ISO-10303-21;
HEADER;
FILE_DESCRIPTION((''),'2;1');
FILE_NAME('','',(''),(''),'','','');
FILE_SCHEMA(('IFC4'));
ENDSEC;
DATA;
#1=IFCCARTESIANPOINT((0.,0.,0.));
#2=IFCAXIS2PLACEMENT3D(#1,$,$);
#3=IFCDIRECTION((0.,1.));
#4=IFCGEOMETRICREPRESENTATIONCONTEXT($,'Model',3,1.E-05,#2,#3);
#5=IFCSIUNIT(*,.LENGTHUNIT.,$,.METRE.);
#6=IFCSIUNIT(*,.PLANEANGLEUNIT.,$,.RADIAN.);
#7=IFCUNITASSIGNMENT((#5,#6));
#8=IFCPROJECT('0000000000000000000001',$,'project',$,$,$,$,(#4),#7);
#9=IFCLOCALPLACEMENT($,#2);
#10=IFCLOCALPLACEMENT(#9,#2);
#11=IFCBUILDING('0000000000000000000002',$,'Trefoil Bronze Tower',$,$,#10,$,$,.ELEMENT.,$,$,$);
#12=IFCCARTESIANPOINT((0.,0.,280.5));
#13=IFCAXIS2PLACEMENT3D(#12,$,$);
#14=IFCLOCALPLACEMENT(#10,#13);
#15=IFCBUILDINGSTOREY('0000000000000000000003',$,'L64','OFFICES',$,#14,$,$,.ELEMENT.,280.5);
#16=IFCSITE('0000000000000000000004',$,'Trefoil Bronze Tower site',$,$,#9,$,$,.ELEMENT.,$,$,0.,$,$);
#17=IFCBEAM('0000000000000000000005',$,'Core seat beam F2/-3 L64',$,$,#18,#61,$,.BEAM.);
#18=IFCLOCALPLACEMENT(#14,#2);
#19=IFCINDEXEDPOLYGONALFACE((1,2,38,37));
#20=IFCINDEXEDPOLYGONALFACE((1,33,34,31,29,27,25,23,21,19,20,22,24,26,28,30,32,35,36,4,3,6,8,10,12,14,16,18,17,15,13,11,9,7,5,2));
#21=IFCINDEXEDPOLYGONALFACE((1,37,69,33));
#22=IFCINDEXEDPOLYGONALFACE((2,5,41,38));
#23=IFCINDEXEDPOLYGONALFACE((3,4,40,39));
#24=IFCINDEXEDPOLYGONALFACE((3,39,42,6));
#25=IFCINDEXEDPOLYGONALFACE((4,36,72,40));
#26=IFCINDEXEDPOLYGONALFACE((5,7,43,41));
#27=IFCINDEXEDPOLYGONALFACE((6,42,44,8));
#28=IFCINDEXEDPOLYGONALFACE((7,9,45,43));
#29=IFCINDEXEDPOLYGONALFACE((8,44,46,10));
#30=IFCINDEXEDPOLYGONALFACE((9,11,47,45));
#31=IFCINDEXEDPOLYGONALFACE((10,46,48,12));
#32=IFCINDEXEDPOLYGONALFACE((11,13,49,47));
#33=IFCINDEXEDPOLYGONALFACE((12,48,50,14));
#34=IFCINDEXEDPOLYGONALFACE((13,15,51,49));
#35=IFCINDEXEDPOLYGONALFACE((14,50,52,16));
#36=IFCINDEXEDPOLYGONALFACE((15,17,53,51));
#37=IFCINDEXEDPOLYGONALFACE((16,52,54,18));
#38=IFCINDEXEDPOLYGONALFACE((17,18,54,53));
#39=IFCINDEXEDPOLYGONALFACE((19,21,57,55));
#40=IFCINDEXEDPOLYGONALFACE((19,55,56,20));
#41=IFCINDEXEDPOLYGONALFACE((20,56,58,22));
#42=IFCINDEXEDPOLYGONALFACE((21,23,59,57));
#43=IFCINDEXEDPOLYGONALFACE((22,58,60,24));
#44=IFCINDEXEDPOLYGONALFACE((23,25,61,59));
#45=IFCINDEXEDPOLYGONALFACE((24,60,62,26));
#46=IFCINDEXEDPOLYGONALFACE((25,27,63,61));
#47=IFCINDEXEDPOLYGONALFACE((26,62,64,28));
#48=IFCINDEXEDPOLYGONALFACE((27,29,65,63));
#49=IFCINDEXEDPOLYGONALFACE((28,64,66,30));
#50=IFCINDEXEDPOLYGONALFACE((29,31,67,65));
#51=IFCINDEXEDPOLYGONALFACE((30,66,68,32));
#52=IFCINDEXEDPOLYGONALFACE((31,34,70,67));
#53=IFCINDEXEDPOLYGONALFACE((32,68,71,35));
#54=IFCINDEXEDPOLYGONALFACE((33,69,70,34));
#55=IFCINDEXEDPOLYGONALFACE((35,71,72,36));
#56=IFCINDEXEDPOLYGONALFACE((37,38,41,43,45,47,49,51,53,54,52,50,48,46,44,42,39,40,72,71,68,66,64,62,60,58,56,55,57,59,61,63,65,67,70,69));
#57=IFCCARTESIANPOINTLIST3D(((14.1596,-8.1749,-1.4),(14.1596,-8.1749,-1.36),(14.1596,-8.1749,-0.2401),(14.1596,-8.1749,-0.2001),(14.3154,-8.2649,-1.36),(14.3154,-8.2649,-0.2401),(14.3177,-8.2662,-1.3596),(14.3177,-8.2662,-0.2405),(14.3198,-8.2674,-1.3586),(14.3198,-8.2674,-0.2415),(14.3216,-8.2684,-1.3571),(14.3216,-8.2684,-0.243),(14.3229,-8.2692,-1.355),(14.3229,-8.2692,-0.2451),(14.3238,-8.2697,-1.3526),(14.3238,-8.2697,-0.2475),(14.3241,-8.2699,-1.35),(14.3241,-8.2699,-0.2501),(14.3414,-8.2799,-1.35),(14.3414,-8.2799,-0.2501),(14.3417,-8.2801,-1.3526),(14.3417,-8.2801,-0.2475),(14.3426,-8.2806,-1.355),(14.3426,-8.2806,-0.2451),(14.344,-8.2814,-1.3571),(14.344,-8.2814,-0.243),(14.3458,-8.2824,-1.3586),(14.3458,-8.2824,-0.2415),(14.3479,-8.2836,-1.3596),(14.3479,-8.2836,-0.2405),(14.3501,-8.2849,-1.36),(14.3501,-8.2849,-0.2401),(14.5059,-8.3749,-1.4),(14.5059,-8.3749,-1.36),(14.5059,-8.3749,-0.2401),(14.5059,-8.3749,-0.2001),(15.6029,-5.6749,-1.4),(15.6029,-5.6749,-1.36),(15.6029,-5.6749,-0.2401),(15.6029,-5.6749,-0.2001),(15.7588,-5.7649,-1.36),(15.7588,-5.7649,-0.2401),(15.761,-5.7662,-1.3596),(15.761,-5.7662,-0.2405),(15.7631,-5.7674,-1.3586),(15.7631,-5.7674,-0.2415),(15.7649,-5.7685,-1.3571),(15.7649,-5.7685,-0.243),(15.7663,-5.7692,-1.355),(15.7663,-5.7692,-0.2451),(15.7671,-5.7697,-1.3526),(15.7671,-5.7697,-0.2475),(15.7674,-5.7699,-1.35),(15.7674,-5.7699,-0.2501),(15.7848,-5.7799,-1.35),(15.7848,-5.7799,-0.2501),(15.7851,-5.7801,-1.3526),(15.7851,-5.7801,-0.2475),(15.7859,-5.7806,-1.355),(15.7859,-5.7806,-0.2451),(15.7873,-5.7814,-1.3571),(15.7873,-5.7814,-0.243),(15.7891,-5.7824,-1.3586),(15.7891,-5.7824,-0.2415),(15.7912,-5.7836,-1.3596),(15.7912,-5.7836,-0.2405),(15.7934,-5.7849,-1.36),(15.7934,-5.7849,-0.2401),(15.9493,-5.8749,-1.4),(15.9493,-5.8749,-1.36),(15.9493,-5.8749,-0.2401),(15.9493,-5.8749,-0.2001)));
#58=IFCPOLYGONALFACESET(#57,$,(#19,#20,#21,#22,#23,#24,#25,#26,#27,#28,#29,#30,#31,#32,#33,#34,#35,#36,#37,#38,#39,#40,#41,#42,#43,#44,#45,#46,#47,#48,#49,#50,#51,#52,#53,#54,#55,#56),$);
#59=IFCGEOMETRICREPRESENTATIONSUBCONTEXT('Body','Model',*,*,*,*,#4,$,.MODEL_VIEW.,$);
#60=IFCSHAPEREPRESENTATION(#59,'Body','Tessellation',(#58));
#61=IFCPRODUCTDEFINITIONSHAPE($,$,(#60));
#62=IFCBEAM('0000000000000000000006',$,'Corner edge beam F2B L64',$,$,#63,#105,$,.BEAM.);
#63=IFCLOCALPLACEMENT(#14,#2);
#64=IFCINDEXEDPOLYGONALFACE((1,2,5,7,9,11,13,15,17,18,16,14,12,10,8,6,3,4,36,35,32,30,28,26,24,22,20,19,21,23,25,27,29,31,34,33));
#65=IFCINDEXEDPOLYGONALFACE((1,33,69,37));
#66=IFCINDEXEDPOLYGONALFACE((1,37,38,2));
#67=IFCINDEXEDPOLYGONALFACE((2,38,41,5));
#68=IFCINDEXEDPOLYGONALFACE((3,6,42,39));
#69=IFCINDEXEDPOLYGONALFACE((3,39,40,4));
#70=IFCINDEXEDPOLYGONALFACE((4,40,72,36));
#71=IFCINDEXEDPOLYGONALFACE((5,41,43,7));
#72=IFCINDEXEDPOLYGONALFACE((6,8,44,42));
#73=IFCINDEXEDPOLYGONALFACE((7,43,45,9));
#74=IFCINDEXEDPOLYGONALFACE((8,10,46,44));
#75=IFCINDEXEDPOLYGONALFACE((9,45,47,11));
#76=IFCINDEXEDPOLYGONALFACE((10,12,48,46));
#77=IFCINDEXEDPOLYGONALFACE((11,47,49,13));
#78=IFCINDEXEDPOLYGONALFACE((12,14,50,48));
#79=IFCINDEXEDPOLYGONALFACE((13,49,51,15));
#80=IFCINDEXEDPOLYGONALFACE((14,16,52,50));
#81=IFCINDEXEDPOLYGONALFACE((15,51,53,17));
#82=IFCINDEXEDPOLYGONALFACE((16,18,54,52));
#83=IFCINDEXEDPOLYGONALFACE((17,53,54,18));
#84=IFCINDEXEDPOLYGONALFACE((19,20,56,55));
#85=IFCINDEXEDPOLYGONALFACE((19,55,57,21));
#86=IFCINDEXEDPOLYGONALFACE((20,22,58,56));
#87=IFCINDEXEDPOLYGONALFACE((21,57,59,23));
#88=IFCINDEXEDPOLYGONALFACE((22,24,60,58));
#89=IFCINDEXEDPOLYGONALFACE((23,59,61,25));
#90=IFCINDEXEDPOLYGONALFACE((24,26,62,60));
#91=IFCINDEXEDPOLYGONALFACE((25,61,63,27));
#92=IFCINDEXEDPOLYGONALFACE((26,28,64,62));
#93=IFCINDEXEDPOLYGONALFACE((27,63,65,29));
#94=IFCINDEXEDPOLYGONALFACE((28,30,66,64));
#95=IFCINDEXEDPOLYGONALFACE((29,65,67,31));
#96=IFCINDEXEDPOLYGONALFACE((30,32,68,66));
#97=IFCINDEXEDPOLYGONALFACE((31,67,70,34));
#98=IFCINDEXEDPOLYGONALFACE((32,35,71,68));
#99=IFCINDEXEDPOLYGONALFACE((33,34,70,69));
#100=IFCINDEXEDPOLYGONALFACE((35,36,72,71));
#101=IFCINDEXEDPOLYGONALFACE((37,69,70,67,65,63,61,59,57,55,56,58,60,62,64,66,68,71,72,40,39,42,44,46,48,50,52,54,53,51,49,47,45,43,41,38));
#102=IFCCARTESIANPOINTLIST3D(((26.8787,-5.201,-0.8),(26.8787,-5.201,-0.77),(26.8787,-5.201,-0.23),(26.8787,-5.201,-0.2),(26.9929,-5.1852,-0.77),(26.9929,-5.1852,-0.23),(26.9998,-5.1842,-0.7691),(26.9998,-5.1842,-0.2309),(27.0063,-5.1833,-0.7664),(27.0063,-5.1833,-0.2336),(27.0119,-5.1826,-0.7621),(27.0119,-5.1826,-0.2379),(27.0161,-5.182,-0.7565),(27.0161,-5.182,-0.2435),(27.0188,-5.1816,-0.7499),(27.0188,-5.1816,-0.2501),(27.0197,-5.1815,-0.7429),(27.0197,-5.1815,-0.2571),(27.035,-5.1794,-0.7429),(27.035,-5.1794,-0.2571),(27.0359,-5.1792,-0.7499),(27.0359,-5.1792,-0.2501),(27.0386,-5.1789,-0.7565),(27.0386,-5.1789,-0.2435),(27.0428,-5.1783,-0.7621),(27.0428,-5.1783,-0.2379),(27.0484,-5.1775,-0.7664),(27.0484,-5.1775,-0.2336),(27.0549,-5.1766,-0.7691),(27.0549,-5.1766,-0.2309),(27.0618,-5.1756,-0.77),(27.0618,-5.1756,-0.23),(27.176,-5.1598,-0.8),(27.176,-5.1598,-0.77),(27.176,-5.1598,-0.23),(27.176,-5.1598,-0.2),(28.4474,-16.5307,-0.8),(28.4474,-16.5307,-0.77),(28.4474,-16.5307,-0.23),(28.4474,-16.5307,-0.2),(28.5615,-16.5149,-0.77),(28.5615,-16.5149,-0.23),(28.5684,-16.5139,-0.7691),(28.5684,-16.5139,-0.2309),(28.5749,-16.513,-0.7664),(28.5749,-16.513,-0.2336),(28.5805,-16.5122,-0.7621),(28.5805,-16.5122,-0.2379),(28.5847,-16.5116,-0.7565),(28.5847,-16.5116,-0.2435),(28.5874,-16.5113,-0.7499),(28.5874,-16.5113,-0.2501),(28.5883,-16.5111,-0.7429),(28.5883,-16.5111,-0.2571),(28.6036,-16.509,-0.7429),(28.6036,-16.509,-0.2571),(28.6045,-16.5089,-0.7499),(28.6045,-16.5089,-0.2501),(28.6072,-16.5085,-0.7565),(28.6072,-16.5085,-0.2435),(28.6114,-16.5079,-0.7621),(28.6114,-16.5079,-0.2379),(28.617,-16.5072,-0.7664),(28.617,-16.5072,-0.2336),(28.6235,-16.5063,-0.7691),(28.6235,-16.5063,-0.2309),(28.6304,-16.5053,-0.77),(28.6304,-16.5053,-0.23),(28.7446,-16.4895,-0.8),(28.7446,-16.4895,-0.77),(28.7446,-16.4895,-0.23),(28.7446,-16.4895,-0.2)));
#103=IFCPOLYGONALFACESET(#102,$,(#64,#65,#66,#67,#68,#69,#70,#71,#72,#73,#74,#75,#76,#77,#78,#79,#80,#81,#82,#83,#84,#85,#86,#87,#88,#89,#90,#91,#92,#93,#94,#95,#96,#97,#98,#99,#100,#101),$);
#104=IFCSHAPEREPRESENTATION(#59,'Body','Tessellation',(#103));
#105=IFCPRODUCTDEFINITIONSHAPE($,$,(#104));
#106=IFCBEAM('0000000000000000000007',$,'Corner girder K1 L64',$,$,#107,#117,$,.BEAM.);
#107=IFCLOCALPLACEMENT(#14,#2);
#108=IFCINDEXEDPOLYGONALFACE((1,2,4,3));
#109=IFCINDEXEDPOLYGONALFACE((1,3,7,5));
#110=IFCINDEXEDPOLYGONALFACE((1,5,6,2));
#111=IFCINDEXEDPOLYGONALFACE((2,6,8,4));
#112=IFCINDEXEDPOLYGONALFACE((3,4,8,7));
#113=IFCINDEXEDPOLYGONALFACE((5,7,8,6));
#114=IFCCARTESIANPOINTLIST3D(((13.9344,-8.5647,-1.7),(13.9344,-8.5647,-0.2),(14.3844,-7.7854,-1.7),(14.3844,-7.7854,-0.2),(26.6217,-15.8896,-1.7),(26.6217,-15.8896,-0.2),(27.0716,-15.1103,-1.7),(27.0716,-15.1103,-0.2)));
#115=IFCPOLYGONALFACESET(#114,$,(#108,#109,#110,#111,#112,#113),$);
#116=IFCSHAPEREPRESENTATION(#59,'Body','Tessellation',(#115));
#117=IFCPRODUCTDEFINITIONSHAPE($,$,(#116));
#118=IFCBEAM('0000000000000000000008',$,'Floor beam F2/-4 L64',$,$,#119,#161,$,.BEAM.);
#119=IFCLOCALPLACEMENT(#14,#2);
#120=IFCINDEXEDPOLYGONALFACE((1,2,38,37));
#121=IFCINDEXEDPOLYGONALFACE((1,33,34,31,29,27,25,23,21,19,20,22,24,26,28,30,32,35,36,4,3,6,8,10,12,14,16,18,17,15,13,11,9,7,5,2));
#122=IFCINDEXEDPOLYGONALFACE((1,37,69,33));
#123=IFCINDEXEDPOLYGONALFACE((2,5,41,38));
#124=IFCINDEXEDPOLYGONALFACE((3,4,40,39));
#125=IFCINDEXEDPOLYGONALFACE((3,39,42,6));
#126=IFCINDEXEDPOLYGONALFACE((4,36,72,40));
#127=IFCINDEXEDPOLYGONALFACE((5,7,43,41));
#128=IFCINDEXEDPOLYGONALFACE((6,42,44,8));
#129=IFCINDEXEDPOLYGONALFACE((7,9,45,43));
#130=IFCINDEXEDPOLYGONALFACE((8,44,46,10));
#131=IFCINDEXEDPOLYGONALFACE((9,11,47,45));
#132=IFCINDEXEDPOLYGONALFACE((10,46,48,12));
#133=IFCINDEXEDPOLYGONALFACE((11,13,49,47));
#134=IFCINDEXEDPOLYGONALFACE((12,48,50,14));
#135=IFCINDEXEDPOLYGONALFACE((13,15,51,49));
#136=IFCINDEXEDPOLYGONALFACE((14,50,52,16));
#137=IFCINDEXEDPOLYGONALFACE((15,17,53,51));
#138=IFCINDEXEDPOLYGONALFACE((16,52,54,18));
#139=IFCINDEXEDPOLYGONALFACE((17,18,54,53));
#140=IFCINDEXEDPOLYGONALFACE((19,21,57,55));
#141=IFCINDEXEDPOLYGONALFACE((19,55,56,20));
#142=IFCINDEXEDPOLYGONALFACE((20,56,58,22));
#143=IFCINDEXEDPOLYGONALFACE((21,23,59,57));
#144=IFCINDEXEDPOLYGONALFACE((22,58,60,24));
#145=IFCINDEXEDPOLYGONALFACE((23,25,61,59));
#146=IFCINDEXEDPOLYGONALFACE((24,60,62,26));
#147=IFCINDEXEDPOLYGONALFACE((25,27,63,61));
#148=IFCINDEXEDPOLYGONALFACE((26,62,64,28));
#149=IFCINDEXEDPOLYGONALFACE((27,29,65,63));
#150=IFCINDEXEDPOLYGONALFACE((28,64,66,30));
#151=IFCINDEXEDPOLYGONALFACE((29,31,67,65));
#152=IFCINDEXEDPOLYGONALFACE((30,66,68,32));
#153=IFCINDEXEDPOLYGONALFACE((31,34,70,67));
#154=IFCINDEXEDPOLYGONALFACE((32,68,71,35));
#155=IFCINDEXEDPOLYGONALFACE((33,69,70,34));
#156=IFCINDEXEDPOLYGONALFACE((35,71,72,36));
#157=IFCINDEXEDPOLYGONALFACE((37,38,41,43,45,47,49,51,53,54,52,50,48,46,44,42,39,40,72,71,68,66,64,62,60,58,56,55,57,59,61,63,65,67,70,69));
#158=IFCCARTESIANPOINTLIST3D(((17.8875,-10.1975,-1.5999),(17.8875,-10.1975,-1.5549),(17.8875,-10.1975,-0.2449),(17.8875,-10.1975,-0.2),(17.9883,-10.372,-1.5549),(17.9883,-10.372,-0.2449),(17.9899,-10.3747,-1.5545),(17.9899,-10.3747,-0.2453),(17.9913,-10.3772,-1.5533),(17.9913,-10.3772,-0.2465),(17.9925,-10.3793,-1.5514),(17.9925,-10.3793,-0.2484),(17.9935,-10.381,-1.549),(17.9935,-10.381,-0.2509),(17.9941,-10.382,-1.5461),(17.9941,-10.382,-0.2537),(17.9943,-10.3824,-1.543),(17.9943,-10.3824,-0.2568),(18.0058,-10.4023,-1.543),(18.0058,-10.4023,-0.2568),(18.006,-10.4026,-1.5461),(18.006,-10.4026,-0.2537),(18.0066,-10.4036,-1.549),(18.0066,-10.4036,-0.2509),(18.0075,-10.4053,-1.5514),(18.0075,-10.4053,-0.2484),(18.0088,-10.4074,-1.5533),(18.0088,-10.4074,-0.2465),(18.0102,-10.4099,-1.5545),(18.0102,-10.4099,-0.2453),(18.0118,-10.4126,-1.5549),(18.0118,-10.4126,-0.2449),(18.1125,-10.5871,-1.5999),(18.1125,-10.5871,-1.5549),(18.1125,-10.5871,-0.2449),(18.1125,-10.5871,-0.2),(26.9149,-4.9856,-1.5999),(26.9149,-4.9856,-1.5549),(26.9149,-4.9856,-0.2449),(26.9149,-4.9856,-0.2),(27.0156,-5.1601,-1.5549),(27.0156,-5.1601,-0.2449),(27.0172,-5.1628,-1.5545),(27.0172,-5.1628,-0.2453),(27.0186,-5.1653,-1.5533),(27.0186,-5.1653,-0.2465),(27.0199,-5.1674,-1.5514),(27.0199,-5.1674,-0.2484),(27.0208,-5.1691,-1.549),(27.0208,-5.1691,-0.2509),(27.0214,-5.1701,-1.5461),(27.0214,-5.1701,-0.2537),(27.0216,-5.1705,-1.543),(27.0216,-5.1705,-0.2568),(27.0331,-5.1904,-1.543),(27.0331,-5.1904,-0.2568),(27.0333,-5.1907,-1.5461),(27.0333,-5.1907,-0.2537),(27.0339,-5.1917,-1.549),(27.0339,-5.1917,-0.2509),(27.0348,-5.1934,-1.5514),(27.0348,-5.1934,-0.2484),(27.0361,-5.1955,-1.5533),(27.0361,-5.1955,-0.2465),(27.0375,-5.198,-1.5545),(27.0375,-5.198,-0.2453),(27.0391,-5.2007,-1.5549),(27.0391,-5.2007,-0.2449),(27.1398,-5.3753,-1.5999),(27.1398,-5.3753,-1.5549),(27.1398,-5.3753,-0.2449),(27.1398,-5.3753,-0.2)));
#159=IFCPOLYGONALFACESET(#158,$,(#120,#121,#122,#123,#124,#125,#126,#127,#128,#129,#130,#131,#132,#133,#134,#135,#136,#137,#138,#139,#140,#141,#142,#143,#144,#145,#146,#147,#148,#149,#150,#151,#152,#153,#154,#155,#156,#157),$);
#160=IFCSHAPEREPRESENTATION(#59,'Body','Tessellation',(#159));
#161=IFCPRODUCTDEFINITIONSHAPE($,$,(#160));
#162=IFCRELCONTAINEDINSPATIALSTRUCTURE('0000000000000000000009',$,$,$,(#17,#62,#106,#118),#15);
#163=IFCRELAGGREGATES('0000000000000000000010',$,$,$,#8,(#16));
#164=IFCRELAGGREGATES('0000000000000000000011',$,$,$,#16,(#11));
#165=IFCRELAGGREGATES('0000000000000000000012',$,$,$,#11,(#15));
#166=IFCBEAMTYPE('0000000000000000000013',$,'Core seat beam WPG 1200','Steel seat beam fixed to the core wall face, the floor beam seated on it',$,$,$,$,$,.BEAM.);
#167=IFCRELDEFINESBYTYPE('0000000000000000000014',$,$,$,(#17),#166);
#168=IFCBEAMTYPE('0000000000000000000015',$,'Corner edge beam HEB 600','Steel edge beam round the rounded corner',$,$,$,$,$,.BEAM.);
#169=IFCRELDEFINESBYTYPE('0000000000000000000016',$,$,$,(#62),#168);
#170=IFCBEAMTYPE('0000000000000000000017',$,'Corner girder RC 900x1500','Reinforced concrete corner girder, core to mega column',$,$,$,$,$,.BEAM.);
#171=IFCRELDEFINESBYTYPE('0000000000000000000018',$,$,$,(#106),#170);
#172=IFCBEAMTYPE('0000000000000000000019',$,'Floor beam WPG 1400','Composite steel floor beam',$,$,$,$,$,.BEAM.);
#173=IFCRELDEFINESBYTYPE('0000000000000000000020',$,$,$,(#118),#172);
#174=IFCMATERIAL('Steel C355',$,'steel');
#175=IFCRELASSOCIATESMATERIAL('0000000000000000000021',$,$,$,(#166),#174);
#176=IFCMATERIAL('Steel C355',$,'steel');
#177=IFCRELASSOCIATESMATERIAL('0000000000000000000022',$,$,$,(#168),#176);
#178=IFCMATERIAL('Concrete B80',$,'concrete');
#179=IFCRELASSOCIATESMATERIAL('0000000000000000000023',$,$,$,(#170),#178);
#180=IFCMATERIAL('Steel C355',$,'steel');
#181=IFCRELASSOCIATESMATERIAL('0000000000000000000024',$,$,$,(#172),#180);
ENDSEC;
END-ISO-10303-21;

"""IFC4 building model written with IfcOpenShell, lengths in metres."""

from ifc_helpers import new_model, si_unit, direction, frame, origin, origin_2d, place, context, subcontext, project, spatial, rectangle, i_section, extrude, material, material_profile, profile_set, type_object, element, save


model = new_model("IFC4")

# Units and contexts
model_context = context("Model", 3, precision=1e-05, world=origin(), true_north=direction((0.0, 1.0)))
body_context = subcontext(model_context, "Body", "Model", "MODEL_VIEW")
ifc_project = project(units=[si_unit("LENGTHUNIT", "METRE"), si_unit("PLANEANGLEUNIT", "RADIAN")], contexts=[model_context])

# Site, building, storey
site_placement = place(None, origin())
site = spatial("IfcSite", under=ifc_project, at=site_placement, Name="Trefoil Bronze Tower site", CompositionType="ELEMENT", RefElevation=0.0)
building_placement = place(site_placement, origin())
building = spatial("IfcBuilding", under=site, at=building_placement, Name="Trefoil Bronze Tower", CompositionType="ELEMENT")
storey_placement = place(building_placement, frame((0.0, 0.0, 280.5)))
storey = spatial("IfcBuildingStorey", under=building, at=storey_placement, Name="L64", Description="OFFICES", CompositionType="ELEMENT", Elevation=280.5)

# Beams
ifc_material_1 = material(Name="Steel C355", Category="steel")
ifc_material_profile_1 = material_profile(ifc_material_1, i_section(OverallWidth=0.3999, OverallDepth=1.2, WebThickness=0.02, FlangeThickness=0.04, FilletRadius=0.01, at=origin_2d()), Name="WPG 1200")
ifc_profile_set_1 = profile_set([ifc_material_profile_1], Name="Steel C355")
beam_type_1 = type_object("IfcBeamType", Name="Core seat beam WPG 1200", Description="Steel seat beam fixed to the core wall face, the floor beam seated on it", PredefinedType="BEAM", material=ifc_profile_set_1)
beam_1_placement = place(storey_placement, frame((14.3328, -8.2749, -0.8), z_axis=(0.499996, 0.866028, 0.0), x_axis=(-0.866028, 0.499996, 0.0)))
element("IfcBeam", 1, at=beam_1_placement, inside=storey, type_object=beam_type_1, Name="Core seat beam F2/-3 L64", PredefinedType="BEAM", context=body_context, shape_type="SweptSolid", body=[
    extrude(i_section(OverallWidth=0.3999, OverallDepth=1.2, WebThickness=0.02, FlangeThickness=0.04, FilletRadius=0.01, at=origin_2d()), origin(), (0.0, 0.0, 1.0), 2.8867),
])
ifc_material_2 = material(Name="Steel C355", Category="steel")
ifc_material_profile_2 = material_profile(ifc_material_2, i_section(OverallWidth=0.3, OverallDepth=0.6001, WebThickness=0.0154, FlangeThickness=0.03, FilletRadius=0.0271, at=origin_2d()), Name="HEB 600")
ifc_profile_set_2 = profile_set([ifc_material_profile_2], Name="Steel C355")
beam_type_2 = type_object("IfcBeamType", Name="Corner edge beam HEB 600", Description="Steel edge beam round the rounded corner", PredefinedType="BEAM", material=ifc_profile_set_2)
beam_2_placement = place(storey_placement, frame((27.0273, -5.1804, -0.5), z_axis=(0.137144, -0.990551, 0.0), x_axis=(0.990551, 0.137144, 0.0)))
element("IfcBeam", 2, at=beam_2_placement, inside=storey, type_object=beam_type_2, Name="Corner edge beam F2B L64", PredefinedType="BEAM", context=body_context, shape_type="SweptSolid", body=[
    extrude(i_section(OverallWidth=0.3, OverallDepth=0.6001, WebThickness=0.0154, FlangeThickness=0.03, FilletRadius=0.0271, at=origin_2d()), origin(), (0.0, 0.0, 1.0), 11.4377),
])
ifc_material_3 = material(Name="Concrete B80", Category="concrete")
ifc_material_profile_3 = material_profile(ifc_material_3, rectangle(XDim=0.8999, YDim=1.5, at=origin_2d()), Name="RC 900x1500")
ifc_profile_set_3 = profile_set([ifc_material_profile_3], Name="Concrete B80")
beam_type_3 = type_object("IfcBeamType", Name="Corner girder RC 900x1500", Description="Reinforced concrete corner girder, core to mega column", PredefinedType="BEAM", material=ifc_profile_set_3)
beam_3_placement = place(storey_placement, frame((14.1594, -8.175, -0.95), z_axis=(0.866027, -0.499998, 0.0), x_axis=(0.499998, 0.866027, 0.0)))
element("IfcBeam", 3, at=beam_3_placement, inside=storey, type_object=beam_type_3, Name="Corner girder K1 L64", PredefinedType="BEAM", context=body_context, shape_type="SweptSolid", body=[
    extrude(rectangle(XDim=0.8999, YDim=1.5, at=origin_2d()), origin(), (0.0, 0.0, 1.0), 14.6499),
])
ifc_material_4 = material(Name="Steel C355", Category="steel")
ifc_material_profile_4 = material_profile(ifc_material_4, i_section(OverallWidth=0.45, OverallDepth=1.3999, WebThickness=0.0229, FlangeThickness=0.0449, FilletRadius=0.012, at=origin_2d()), Name="WPG 1400")
ifc_profile_set_4 = profile_set([ifc_material_profile_4], Name="Steel C355")
beam_type_4 = type_object("IfcBeamType", Name="Floor beam WPG 1400", Description="Composite steel floor beam", PredefinedType="BEAM", material=ifc_profile_set_4)
beam_4_placement = place(storey_placement, frame((27.0273, -5.1804, -0.8999), z_axis=(-0.866026, -0.499998, 0.0), x_axis=(0.499998, -0.866026, 0.0)))
element("IfcBeam", 4, at=beam_4_placement, inside=storey, type_object=beam_type_4, Name="Floor beam F2/-4 L64", PredefinedType="BEAM", context=body_context, shape_type="SweptSolid", body=[
    extrude(i_section(OverallWidth=0.45, OverallDepth=1.3999, WebThickness=0.0229, FlangeThickness=0.0449, FilletRadius=0.012, at=origin_2d()), origin(), (0.0, 0.0, 1.0), 10.4238),
])

save(model, "model.ifc")
